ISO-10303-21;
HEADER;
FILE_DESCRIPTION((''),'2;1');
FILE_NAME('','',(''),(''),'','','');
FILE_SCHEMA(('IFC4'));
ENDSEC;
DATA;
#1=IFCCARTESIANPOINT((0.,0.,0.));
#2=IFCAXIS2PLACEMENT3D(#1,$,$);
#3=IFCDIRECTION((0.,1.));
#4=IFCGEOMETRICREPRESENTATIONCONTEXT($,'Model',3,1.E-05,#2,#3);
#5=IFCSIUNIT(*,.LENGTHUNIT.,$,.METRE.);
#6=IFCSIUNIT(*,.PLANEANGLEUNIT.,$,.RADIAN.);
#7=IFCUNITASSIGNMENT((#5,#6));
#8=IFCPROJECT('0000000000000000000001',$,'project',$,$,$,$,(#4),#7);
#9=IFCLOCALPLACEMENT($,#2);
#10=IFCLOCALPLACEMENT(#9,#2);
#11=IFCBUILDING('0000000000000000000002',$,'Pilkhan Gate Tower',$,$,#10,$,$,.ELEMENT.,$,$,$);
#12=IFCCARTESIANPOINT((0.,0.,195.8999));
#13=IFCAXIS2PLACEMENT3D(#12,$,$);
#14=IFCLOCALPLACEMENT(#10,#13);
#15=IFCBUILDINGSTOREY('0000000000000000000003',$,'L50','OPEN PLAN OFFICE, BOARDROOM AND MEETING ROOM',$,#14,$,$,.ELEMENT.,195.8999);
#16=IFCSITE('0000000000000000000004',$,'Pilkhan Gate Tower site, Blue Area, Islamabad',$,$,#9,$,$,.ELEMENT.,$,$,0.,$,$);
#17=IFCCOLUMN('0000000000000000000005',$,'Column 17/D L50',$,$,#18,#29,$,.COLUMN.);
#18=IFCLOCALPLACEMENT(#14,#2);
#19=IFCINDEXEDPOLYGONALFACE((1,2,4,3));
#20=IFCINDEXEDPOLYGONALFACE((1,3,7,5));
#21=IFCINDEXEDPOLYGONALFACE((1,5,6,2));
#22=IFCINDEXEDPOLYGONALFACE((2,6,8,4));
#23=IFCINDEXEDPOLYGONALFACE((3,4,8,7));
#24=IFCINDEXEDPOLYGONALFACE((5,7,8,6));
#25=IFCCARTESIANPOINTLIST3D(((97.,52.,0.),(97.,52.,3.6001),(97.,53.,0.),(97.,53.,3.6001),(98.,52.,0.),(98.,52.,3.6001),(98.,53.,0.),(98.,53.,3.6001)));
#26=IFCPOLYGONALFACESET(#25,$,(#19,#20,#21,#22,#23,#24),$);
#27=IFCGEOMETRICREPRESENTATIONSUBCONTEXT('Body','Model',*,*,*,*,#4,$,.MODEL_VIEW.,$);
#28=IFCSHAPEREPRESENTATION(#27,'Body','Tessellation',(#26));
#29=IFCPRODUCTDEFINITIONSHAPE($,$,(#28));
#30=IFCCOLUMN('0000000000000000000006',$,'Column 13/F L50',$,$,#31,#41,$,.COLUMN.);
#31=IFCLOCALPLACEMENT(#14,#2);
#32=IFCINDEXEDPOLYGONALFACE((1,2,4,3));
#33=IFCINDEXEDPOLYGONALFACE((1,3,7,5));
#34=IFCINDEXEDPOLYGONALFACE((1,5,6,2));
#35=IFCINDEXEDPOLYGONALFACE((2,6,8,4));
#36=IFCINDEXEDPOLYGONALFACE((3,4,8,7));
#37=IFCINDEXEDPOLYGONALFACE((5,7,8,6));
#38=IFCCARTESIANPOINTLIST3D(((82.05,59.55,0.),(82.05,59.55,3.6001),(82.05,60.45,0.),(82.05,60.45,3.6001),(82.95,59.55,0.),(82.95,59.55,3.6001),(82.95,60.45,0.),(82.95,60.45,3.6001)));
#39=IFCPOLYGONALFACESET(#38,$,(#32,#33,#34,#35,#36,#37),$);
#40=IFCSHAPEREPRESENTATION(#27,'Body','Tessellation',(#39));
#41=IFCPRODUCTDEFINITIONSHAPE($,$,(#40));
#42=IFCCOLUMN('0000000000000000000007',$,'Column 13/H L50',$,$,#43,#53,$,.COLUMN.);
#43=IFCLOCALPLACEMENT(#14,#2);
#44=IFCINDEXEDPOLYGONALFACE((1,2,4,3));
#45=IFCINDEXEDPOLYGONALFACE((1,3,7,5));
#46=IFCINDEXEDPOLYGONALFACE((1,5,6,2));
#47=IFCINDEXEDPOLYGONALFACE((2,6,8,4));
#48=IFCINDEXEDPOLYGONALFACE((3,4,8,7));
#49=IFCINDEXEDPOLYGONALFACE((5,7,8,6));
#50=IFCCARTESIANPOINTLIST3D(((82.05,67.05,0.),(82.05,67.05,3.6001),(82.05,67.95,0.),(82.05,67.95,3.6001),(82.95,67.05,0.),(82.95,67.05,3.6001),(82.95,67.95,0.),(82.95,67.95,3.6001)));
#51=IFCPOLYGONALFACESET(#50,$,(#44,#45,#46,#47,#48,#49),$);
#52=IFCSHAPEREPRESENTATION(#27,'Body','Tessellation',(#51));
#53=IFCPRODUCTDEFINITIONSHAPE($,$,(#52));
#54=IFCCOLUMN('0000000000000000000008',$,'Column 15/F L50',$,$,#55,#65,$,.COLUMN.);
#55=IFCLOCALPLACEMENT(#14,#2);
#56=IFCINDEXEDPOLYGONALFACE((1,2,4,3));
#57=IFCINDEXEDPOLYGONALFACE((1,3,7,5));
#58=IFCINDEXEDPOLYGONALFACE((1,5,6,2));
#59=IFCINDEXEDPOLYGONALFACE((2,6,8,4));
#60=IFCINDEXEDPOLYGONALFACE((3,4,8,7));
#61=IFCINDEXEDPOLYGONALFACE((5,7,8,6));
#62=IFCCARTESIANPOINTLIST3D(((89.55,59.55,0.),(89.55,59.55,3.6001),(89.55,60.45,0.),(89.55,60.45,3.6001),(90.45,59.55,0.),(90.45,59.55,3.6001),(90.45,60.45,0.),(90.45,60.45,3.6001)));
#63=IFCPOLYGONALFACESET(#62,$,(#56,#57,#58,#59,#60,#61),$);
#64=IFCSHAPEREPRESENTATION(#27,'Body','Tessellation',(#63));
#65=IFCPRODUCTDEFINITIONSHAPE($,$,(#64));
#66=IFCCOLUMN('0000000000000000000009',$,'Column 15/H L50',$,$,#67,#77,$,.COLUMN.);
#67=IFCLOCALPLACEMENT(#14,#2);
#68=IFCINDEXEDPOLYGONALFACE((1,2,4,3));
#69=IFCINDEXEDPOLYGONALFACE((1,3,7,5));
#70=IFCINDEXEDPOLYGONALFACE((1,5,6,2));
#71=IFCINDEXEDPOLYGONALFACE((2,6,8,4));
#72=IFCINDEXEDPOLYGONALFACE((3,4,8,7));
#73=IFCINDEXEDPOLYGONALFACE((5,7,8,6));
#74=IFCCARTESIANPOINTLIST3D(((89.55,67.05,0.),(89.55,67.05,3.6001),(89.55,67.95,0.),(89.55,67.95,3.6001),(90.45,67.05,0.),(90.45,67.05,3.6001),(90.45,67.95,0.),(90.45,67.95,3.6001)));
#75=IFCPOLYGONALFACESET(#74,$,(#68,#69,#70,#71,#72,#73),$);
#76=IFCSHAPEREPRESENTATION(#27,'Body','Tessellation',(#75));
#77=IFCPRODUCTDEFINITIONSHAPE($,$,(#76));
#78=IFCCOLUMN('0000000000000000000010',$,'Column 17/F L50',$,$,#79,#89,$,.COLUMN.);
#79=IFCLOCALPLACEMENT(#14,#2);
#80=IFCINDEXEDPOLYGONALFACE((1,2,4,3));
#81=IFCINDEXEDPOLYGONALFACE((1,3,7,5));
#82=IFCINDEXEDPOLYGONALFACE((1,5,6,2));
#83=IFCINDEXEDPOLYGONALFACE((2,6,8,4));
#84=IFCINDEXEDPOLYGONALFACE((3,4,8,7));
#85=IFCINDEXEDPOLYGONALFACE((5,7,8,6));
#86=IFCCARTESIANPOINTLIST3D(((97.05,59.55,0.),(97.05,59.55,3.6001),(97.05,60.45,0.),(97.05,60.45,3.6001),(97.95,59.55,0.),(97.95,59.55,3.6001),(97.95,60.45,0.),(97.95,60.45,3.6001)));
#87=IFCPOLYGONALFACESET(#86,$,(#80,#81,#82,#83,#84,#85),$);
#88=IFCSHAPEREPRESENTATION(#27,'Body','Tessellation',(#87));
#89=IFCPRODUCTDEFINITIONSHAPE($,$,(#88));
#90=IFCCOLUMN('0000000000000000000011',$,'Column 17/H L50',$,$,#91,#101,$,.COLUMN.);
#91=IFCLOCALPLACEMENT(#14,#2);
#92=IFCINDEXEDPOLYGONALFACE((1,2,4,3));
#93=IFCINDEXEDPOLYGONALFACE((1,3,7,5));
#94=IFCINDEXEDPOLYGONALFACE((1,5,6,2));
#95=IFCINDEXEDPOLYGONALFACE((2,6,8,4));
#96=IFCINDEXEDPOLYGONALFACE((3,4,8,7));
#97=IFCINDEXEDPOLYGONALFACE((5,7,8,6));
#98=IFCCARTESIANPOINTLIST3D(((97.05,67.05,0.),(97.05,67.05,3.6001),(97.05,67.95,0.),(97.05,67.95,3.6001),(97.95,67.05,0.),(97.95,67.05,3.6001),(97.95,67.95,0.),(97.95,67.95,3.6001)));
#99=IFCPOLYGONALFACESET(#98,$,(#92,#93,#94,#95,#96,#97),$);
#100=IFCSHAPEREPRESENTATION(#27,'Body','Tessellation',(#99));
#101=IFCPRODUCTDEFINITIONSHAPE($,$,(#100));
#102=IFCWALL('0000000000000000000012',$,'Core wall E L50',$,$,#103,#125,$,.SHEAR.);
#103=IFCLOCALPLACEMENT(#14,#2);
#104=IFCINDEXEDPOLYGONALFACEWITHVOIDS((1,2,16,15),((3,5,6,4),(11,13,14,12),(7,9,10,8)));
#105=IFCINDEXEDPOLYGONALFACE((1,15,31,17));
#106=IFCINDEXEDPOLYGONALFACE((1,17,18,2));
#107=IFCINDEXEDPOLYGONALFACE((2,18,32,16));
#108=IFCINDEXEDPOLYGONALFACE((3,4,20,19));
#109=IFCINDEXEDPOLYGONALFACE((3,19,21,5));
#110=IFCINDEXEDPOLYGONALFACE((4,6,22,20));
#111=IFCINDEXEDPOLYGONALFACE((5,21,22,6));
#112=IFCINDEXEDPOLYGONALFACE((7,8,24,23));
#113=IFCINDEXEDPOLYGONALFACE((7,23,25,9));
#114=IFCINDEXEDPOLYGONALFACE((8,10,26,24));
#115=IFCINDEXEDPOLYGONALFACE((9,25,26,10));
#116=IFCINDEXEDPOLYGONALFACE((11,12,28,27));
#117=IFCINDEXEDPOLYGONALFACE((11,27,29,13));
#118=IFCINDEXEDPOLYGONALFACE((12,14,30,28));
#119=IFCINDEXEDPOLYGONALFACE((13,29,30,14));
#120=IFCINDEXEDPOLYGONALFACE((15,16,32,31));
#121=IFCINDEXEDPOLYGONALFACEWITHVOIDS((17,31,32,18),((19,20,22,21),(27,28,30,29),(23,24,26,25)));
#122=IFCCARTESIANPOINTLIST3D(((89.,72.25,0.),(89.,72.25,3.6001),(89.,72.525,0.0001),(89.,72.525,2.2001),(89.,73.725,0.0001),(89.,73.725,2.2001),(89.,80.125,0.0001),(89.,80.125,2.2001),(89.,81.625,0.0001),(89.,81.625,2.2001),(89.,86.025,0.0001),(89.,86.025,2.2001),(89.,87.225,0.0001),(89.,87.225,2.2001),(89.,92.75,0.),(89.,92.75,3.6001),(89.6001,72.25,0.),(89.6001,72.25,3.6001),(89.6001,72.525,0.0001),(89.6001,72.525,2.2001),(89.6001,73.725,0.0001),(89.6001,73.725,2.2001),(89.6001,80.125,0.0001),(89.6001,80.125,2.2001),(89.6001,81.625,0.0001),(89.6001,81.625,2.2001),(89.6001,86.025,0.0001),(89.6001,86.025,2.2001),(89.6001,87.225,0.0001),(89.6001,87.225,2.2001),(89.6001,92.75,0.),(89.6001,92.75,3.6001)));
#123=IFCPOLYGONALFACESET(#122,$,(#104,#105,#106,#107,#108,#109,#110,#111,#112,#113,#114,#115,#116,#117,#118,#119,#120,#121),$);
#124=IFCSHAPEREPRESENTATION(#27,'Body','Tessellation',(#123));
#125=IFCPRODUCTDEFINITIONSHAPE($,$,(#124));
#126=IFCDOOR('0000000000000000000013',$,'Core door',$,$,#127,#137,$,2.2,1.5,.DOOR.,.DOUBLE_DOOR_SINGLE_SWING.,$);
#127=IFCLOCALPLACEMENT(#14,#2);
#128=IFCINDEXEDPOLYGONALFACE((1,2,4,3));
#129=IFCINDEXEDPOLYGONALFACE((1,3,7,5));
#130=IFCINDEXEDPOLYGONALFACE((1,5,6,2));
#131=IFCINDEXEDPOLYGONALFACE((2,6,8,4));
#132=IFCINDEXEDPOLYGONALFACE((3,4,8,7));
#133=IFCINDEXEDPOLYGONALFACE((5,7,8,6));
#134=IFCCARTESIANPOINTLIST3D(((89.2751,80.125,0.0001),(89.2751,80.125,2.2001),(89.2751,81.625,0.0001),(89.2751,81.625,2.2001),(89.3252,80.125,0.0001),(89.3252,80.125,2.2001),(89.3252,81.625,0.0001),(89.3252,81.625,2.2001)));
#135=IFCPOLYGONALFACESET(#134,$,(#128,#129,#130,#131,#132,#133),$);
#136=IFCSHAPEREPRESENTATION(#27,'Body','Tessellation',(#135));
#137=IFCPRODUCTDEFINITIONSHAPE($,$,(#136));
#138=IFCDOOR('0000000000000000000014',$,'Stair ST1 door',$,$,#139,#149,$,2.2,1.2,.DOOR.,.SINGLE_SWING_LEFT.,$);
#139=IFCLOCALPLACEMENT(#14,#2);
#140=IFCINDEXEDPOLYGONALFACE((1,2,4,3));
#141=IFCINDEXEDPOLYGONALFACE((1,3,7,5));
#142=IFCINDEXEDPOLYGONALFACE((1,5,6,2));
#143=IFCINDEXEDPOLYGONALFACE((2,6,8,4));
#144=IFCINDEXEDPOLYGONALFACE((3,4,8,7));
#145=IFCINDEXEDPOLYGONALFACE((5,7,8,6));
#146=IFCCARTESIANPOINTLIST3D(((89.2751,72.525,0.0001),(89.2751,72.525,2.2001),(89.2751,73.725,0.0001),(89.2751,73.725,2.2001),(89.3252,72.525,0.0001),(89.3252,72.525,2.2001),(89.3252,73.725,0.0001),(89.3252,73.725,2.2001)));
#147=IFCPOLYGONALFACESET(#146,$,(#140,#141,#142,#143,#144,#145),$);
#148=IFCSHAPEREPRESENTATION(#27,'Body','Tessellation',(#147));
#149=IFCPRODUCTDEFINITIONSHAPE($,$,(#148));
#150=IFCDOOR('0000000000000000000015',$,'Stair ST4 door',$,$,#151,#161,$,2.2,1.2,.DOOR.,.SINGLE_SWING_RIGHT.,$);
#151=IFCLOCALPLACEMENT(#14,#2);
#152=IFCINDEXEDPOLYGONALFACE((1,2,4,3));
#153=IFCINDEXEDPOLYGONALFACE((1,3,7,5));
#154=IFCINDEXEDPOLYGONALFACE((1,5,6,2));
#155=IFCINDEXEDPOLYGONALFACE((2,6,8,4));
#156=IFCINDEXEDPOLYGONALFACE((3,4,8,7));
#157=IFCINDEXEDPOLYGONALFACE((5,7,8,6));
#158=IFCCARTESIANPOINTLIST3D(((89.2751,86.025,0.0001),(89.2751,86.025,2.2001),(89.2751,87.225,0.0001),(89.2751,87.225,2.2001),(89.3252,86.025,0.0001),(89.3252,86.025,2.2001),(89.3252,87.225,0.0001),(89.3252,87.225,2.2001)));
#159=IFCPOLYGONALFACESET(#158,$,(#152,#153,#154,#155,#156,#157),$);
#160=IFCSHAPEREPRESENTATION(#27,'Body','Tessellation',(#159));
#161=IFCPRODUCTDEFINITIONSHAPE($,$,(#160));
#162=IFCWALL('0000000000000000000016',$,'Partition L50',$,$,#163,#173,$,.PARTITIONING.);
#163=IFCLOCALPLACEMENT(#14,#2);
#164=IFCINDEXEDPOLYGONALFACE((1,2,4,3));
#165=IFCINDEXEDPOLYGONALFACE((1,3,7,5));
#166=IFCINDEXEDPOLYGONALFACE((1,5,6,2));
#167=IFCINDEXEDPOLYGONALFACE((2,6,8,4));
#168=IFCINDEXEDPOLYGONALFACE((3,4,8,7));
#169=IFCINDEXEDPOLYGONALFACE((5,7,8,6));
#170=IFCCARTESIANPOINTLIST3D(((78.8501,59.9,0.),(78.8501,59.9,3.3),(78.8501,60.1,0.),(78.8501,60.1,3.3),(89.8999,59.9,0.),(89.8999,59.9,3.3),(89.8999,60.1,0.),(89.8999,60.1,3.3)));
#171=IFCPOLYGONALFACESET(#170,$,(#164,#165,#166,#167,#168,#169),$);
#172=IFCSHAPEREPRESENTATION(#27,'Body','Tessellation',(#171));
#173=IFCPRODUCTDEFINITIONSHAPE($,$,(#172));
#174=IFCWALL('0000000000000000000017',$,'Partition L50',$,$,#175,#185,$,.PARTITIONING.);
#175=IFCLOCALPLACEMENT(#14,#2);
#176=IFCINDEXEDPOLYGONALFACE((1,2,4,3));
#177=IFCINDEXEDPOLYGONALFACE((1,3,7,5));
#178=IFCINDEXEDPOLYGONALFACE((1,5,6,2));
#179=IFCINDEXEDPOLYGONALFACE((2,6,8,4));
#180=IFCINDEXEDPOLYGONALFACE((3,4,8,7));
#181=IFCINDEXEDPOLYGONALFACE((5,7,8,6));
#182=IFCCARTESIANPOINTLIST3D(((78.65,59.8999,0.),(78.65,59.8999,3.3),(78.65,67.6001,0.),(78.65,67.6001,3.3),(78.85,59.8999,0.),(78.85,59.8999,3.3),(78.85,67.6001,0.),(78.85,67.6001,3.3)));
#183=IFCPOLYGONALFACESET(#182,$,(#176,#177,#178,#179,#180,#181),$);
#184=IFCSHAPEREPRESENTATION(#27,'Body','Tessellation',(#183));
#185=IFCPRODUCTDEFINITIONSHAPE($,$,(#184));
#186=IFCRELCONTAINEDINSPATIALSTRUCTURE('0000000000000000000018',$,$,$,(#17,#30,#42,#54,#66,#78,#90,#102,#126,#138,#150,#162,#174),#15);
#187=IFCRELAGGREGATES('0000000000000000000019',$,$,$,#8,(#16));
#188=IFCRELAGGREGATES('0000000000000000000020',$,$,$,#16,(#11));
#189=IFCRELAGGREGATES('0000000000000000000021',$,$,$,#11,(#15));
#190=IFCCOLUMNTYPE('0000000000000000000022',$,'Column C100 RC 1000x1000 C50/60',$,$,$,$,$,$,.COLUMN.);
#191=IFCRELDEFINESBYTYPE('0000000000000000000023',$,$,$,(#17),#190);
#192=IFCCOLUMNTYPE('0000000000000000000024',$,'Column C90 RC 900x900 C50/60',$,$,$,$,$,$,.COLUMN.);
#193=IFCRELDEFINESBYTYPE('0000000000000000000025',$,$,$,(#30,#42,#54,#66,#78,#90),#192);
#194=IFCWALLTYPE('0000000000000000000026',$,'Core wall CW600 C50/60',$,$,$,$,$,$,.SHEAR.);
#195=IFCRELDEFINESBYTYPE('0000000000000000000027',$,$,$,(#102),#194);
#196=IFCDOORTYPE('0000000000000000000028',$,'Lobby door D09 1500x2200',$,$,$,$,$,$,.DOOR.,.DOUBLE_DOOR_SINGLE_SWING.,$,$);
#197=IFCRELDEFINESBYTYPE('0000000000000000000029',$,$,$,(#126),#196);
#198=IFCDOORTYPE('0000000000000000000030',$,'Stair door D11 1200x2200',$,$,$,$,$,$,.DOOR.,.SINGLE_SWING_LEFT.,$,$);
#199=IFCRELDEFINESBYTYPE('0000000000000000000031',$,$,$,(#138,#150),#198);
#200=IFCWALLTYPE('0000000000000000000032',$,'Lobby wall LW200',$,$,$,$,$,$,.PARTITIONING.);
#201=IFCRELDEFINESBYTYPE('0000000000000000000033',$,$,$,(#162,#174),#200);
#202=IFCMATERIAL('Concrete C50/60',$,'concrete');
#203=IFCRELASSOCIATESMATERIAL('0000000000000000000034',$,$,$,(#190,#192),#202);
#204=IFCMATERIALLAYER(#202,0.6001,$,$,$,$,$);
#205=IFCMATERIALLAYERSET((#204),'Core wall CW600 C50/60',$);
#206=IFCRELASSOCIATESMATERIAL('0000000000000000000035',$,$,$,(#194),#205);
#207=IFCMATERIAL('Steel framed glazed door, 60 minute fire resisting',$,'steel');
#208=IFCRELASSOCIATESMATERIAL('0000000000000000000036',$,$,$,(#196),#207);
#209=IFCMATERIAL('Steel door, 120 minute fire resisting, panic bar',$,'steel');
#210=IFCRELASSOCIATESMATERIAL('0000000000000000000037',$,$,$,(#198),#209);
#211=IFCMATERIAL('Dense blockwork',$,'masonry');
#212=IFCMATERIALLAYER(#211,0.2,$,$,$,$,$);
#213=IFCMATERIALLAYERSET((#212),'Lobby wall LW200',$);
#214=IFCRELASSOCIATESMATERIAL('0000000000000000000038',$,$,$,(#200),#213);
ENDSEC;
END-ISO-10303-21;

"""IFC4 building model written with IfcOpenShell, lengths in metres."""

from ifc_helpers import new_model, si_unit, direction, frame, frame_2d, origin, origin_2d, place, context, subcontext, project, spatial, rectangle, extrude, material, layer, layer_set, material_profile, profile_set, type_object, element, fill, save


model = new_model("IFC4")

# Units and contexts
model_context = context("Model", 3, precision=1e-05, world=origin(), true_north=direction((0.0, 1.0)))
body_context = subcontext(model_context, "Body", "Model", "MODEL_VIEW")
ifc_project = project(units=[si_unit("LENGTHUNIT", "METRE"), si_unit("PLANEANGLEUNIT", "RADIAN")], contexts=[model_context])

# Site, building, storey
site_placement = place(None, origin())
site = spatial("IfcSite", under=ifc_project, at=site_placement, Name="Pilkhan Gate Tower site, Blue Area, Islamabad", CompositionType="ELEMENT", RefElevation=0.0)
building_placement = place(site_placement, origin())
building = spatial("IfcBuilding", under=site, at=building_placement, Name="Pilkhan Gate Tower", CompositionType="ELEMENT")
storey_placement = place(building_placement, frame((0.0, 0.0, 195.8999)))
storey = spatial("IfcBuildingStorey", under=building, at=storey_placement, Name="L50", Description="OPEN PLAN OFFICE, BOARDROOM AND MEETING ROOM", CompositionType="ELEMENT", Elevation=195.8999)

# Columns
ifc_material_1 = material(Name="Concrete C50/60", Category="concrete")
ifc_material_profile_1 = material_profile(ifc_material_1, rectangle(XDim=1.0, YDim=1.0, at=origin_2d()), Name="RC 1000x1000")
ifc_profile_set_1 = profile_set([ifc_material_profile_1], Name="Concrete C50/60")
column_type_1 = type_object("IfcColumnType", Name="Column C100 RC 1000x1000 C50/60", PredefinedType="COLUMN", material=ifc_profile_set_1)
column_placement = place(storey_placement, frame((97.5, 52.5, 0.0), z_axis=(0.0, 0.0, 1.0), x_axis=(1.0, 0.0, 0.0)))
element("IfcColumn", 1, at=column_placement, inside=storey, type_object=column_type_1, Name="Column 17/D L50", PredefinedType="COLUMN", context=body_context, shape_type="SweptSolid", body=[
    extrude(rectangle(XDim=1.0, YDim=1.0, at=origin_2d()), origin(), (0.0, 0.0, 1.0), 3.6001),
])
ifc_material_profile_2 = material_profile(ifc_material_1, rectangle(XDim=0.8999, YDim=0.8999, at=origin_2d()), Name="RC 900x900")
ifc_profile_set_2 = profile_set([ifc_material_profile_2], Name="Concrete C50/60")
column_type_2 = type_object("IfcColumnType", Name="Column C90 RC 900x900 C50/60", PredefinedType="COLUMN", material=ifc_profile_set_2)
for number, where, z_axis, x_axis, name in (
    (2, (82.5, 60.0, 0.0), (0.0, 0.0, 1.0), (1.0, 0.0, 0.0), "Column 13/F L50"),
    (3, (82.5, 67.5, 0.0), (0.0, 0.0, 1.0), (1.0, 0.0, 0.0), "Column 13/H L50"),
    (4, (90.0, 60.0, 0.0), (0.0, 0.0, 1.0), (1.0, 0.0, 0.0), "Column 15/F L50"),
    (5, (90.0, 67.5, 0.0), (0.0, 0.0, 1.0), (1.0, 0.0, 0.0), "Column 15/H L50"),
    (6, (97.5, 60.0, 0.0), (0.0, 0.0, 1.0), (1.0, 0.0, 0.0), "Column 17/F L50"),
    (7, (97.5, 67.5, 0.0), (0.0, 0.0, 1.0), (1.0, 0.0, 0.0), "Column 17/H L50"),
):
    element("IfcColumn", number, at=place(storey_placement, frame(where, z_axis=z_axis, x_axis=x_axis)), inside=storey, type_object=column_type_2, Name=name, PredefinedType="COLUMN", context=body_context, shape_type="SweptSolid", body=[
        extrude(rectangle(XDim=0.8999, YDim=0.8999, at=origin_2d()), origin(), (0.0, 0.0, 1.0), 3.6001),
    ])

# Wall, openings, doors
ifc_layer_1 = layer(ifc_material_1, 0.6001)
ifc_layer_set_1 = layer_set([ifc_layer_1], Name="Core wall CW600 C50/60")
wall_type_1 = type_object("IfcWallType", Name="Core wall CW600 C50/60", PredefinedType="SHEAR", material=ifc_layer_set_1)
wall_1_placement = place(storey_placement, frame((89.3, 72.25, 0.0), z_axis=(0.0, 0.0, 1.0), x_axis=(0.0, 1.0, 0.0)))
wall_1 = element("IfcWall", 8, at=wall_1_placement, inside=storey, type_object=wall_type_1, Name="Core wall E L50", PredefinedType="SHEAR", context=body_context, shape_type="SweptSolid", body=[
    extrude(rectangle(XDim=20.5, YDim=0.6001, at=frame_2d((10.25, 0.0))), origin(), (0.0, 0.0, 1.0), 3.6001),
])
opening_1_placement = place(wall_1_placement, frame((0.2749, 0.0, 0.0)))
opening_1 = element("IfcOpeningElement", 9, at=opening_1_placement, cuts=wall_1, PredefinedType="OPENING", context=body_context, shape_type="SweptSolid", body=[
    extrude(rectangle(XDim=1.2, YDim=2.2, at=frame_2d((0.6001, 1.1001))), frame((0.0, 0.3101, 0.0), z_axis=(0.0, -1.0, 0.0), x_axis=(1.0, 0.0, 0.0)), (0.0, 0.0, 1.0), 0.6201),
])
opening_2_placement = place(wall_1_placement, frame((13.7749, 0.0, 0.0)))
opening_2 = element("IfcOpeningElement", 10, at=opening_2_placement, cuts=wall_1, PredefinedType="OPENING", context=body_context, shape_type="SweptSolid", body=[
    extrude(rectangle(XDim=1.2, YDim=2.2, at=frame_2d((0.6001, 1.1001))), frame((0.0, 0.3101, 0.0), z_axis=(0.0, -1.0, 0.0), x_axis=(1.0, 0.0, 0.0)), (0.0, 0.0, 1.0), 0.6201),
])
opening_3_placement = place(wall_1_placement, frame((7.875, 0.0, 0.0)))
opening_3 = element("IfcOpeningElement", 11, at=opening_3_placement, cuts=wall_1, PredefinedType="OPENING", context=body_context, shape_type="SweptSolid", body=[
    extrude(rectangle(XDim=1.5, YDim=2.2, at=frame_2d((0.75, 1.1001))), frame((0.0, 0.3101, 0.0), z_axis=(0.0, -1.0, 0.0), x_axis=(1.0, 0.0, 0.0)), (0.0, 0.0, 1.0), 0.6201),
])
ifc_material_2 = material(Name="Steel framed glazed door, 60 minute fire resisting", Category="steel")
door_type_1 = type_object("IfcDoorType", Name="Lobby door D09 1500x2200", OperationType="DOUBLE_DOOR_SINGLE_SWING", PredefinedType="DOOR", material=ifc_material_2)
door_1_placement = place(opening_3_placement, origin())
door_1 = element("IfcDoor", 12, at=door_1_placement, inside=storey, type_object=door_type_1, Name="Core door", OperationType="DOUBLE_DOOR_SINGLE_SWING", OverallHeight=2.2, OverallWidth=1.5, PredefinedType="DOOR", context=body_context, shape_type="SweptSolid", body=[
    extrude(rectangle(XDim=1.5, YDim=2.2, at=frame_2d((0.75, 1.1001))), frame((0.0, 0.0249, 0.0), z_axis=(0.0, -1.0, 0.0), x_axis=(1.0, 0.0, 0.0)), (0.0, 0.0, 1.0), 0.05),
])
fill(opening_3, door_1)
ifc_material_3 = material(Name="Steel door, 120 minute fire resisting, panic bar", Category="steel")
door_type_2 = type_object("IfcDoorType", Name="Stair door D11 1200x2200", OperationType="SINGLE_SWING_LEFT", PredefinedType="DOOR", material=ifc_material_3)
door_2_placement = place(opening_1_placement, origin())
door_2 = element("IfcDoor", 13, at=door_2_placement, inside=storey, type_object=door_type_2, Name="Stair ST1 door", OperationType="SINGLE_SWING_LEFT", OverallHeight=2.2, OverallWidth=1.2, PredefinedType="DOOR", context=body_context, shape_type="SweptSolid", body=[
    extrude(rectangle(XDim=1.2, YDim=2.2, at=frame_2d((0.6001, 1.1001))), frame((0.0, 0.0249, 0.0), z_axis=(0.0, -1.0, 0.0), x_axis=(1.0, 0.0, 0.0)), (0.0, 0.0, 1.0), 0.05),
])
fill(opening_1, door_2)
door_3_placement = place(opening_2_placement, origin())
door_3 = element("IfcDoor", 14, at=door_3_placement, inside=storey, type_object=door_type_2, Name="Stair ST4 door", OperationType="SINGLE_SWING_RIGHT", OverallHeight=2.2, OverallWidth=1.2, PredefinedType="DOOR", context=body_context, shape_type="SweptSolid", body=[
    extrude(rectangle(XDim=1.2, YDim=2.2, at=frame_2d((0.6001, 1.1001))), frame((0.0, 0.0249, 0.0), z_axis=(0.0, -1.0, 0.0), x_axis=(1.0, 0.0, 0.0)), (0.0, 0.0, 1.0), 0.05),
])
fill(opening_2, door_3)

# Wall
ifc_material_4 = material(Name="Dense blockwork", Category="masonry")
ifc_layer_2 = layer(ifc_material_4, 0.2)
ifc_layer_set_2 = layer_set([ifc_layer_2], Name="Lobby wall LW200")
wall_type_2 = type_object("IfcWallType", Name="Lobby wall LW200", PredefinedType="PARTITIONING", material=ifc_layer_set_2)
wall_2_placement = place(storey_placement, frame((78.8501, 60.0, 0.0), z_axis=(0.0, 0.0, 1.0), x_axis=(1.0, 0.0, 0.0)))
element("IfcWall", 15, at=wall_2_placement, inside=storey, type_object=wall_type_2, Name="Partition L50", PredefinedType="PARTITIONING", context=body_context, shape_type="SweptSolid", body=[
    extrude(rectangle(XDim=11.0498, YDim=0.2, at=frame_2d((5.5249, 0.0))), origin(), (0.0, 0.0, 1.0), 3.3),
])

# Wall
for number, where, z_axis, x_axis, name in (
    (16, (78.75, 59.8999, 0.0), (0.0, 0.0, 1.0), (0.0, 1.0, 0.0), "Partition L50"),
):
    element("IfcWall", number, at=place(storey_placement, frame(where, z_axis=z_axis, x_axis=x_axis)), inside=storey, type_object=wall_type_2, Name=name, PredefinedType="PARTITIONING", context=body_context, shape_type="SweptSolid", body=[
        extrude(rectangle(XDim=7.7002, YDim=0.2, at=frame_2d((3.8501, 0.0))), origin(), (0.0, 0.0, 1.0), 3.3),
    ])

save(model, "model.ifc")
